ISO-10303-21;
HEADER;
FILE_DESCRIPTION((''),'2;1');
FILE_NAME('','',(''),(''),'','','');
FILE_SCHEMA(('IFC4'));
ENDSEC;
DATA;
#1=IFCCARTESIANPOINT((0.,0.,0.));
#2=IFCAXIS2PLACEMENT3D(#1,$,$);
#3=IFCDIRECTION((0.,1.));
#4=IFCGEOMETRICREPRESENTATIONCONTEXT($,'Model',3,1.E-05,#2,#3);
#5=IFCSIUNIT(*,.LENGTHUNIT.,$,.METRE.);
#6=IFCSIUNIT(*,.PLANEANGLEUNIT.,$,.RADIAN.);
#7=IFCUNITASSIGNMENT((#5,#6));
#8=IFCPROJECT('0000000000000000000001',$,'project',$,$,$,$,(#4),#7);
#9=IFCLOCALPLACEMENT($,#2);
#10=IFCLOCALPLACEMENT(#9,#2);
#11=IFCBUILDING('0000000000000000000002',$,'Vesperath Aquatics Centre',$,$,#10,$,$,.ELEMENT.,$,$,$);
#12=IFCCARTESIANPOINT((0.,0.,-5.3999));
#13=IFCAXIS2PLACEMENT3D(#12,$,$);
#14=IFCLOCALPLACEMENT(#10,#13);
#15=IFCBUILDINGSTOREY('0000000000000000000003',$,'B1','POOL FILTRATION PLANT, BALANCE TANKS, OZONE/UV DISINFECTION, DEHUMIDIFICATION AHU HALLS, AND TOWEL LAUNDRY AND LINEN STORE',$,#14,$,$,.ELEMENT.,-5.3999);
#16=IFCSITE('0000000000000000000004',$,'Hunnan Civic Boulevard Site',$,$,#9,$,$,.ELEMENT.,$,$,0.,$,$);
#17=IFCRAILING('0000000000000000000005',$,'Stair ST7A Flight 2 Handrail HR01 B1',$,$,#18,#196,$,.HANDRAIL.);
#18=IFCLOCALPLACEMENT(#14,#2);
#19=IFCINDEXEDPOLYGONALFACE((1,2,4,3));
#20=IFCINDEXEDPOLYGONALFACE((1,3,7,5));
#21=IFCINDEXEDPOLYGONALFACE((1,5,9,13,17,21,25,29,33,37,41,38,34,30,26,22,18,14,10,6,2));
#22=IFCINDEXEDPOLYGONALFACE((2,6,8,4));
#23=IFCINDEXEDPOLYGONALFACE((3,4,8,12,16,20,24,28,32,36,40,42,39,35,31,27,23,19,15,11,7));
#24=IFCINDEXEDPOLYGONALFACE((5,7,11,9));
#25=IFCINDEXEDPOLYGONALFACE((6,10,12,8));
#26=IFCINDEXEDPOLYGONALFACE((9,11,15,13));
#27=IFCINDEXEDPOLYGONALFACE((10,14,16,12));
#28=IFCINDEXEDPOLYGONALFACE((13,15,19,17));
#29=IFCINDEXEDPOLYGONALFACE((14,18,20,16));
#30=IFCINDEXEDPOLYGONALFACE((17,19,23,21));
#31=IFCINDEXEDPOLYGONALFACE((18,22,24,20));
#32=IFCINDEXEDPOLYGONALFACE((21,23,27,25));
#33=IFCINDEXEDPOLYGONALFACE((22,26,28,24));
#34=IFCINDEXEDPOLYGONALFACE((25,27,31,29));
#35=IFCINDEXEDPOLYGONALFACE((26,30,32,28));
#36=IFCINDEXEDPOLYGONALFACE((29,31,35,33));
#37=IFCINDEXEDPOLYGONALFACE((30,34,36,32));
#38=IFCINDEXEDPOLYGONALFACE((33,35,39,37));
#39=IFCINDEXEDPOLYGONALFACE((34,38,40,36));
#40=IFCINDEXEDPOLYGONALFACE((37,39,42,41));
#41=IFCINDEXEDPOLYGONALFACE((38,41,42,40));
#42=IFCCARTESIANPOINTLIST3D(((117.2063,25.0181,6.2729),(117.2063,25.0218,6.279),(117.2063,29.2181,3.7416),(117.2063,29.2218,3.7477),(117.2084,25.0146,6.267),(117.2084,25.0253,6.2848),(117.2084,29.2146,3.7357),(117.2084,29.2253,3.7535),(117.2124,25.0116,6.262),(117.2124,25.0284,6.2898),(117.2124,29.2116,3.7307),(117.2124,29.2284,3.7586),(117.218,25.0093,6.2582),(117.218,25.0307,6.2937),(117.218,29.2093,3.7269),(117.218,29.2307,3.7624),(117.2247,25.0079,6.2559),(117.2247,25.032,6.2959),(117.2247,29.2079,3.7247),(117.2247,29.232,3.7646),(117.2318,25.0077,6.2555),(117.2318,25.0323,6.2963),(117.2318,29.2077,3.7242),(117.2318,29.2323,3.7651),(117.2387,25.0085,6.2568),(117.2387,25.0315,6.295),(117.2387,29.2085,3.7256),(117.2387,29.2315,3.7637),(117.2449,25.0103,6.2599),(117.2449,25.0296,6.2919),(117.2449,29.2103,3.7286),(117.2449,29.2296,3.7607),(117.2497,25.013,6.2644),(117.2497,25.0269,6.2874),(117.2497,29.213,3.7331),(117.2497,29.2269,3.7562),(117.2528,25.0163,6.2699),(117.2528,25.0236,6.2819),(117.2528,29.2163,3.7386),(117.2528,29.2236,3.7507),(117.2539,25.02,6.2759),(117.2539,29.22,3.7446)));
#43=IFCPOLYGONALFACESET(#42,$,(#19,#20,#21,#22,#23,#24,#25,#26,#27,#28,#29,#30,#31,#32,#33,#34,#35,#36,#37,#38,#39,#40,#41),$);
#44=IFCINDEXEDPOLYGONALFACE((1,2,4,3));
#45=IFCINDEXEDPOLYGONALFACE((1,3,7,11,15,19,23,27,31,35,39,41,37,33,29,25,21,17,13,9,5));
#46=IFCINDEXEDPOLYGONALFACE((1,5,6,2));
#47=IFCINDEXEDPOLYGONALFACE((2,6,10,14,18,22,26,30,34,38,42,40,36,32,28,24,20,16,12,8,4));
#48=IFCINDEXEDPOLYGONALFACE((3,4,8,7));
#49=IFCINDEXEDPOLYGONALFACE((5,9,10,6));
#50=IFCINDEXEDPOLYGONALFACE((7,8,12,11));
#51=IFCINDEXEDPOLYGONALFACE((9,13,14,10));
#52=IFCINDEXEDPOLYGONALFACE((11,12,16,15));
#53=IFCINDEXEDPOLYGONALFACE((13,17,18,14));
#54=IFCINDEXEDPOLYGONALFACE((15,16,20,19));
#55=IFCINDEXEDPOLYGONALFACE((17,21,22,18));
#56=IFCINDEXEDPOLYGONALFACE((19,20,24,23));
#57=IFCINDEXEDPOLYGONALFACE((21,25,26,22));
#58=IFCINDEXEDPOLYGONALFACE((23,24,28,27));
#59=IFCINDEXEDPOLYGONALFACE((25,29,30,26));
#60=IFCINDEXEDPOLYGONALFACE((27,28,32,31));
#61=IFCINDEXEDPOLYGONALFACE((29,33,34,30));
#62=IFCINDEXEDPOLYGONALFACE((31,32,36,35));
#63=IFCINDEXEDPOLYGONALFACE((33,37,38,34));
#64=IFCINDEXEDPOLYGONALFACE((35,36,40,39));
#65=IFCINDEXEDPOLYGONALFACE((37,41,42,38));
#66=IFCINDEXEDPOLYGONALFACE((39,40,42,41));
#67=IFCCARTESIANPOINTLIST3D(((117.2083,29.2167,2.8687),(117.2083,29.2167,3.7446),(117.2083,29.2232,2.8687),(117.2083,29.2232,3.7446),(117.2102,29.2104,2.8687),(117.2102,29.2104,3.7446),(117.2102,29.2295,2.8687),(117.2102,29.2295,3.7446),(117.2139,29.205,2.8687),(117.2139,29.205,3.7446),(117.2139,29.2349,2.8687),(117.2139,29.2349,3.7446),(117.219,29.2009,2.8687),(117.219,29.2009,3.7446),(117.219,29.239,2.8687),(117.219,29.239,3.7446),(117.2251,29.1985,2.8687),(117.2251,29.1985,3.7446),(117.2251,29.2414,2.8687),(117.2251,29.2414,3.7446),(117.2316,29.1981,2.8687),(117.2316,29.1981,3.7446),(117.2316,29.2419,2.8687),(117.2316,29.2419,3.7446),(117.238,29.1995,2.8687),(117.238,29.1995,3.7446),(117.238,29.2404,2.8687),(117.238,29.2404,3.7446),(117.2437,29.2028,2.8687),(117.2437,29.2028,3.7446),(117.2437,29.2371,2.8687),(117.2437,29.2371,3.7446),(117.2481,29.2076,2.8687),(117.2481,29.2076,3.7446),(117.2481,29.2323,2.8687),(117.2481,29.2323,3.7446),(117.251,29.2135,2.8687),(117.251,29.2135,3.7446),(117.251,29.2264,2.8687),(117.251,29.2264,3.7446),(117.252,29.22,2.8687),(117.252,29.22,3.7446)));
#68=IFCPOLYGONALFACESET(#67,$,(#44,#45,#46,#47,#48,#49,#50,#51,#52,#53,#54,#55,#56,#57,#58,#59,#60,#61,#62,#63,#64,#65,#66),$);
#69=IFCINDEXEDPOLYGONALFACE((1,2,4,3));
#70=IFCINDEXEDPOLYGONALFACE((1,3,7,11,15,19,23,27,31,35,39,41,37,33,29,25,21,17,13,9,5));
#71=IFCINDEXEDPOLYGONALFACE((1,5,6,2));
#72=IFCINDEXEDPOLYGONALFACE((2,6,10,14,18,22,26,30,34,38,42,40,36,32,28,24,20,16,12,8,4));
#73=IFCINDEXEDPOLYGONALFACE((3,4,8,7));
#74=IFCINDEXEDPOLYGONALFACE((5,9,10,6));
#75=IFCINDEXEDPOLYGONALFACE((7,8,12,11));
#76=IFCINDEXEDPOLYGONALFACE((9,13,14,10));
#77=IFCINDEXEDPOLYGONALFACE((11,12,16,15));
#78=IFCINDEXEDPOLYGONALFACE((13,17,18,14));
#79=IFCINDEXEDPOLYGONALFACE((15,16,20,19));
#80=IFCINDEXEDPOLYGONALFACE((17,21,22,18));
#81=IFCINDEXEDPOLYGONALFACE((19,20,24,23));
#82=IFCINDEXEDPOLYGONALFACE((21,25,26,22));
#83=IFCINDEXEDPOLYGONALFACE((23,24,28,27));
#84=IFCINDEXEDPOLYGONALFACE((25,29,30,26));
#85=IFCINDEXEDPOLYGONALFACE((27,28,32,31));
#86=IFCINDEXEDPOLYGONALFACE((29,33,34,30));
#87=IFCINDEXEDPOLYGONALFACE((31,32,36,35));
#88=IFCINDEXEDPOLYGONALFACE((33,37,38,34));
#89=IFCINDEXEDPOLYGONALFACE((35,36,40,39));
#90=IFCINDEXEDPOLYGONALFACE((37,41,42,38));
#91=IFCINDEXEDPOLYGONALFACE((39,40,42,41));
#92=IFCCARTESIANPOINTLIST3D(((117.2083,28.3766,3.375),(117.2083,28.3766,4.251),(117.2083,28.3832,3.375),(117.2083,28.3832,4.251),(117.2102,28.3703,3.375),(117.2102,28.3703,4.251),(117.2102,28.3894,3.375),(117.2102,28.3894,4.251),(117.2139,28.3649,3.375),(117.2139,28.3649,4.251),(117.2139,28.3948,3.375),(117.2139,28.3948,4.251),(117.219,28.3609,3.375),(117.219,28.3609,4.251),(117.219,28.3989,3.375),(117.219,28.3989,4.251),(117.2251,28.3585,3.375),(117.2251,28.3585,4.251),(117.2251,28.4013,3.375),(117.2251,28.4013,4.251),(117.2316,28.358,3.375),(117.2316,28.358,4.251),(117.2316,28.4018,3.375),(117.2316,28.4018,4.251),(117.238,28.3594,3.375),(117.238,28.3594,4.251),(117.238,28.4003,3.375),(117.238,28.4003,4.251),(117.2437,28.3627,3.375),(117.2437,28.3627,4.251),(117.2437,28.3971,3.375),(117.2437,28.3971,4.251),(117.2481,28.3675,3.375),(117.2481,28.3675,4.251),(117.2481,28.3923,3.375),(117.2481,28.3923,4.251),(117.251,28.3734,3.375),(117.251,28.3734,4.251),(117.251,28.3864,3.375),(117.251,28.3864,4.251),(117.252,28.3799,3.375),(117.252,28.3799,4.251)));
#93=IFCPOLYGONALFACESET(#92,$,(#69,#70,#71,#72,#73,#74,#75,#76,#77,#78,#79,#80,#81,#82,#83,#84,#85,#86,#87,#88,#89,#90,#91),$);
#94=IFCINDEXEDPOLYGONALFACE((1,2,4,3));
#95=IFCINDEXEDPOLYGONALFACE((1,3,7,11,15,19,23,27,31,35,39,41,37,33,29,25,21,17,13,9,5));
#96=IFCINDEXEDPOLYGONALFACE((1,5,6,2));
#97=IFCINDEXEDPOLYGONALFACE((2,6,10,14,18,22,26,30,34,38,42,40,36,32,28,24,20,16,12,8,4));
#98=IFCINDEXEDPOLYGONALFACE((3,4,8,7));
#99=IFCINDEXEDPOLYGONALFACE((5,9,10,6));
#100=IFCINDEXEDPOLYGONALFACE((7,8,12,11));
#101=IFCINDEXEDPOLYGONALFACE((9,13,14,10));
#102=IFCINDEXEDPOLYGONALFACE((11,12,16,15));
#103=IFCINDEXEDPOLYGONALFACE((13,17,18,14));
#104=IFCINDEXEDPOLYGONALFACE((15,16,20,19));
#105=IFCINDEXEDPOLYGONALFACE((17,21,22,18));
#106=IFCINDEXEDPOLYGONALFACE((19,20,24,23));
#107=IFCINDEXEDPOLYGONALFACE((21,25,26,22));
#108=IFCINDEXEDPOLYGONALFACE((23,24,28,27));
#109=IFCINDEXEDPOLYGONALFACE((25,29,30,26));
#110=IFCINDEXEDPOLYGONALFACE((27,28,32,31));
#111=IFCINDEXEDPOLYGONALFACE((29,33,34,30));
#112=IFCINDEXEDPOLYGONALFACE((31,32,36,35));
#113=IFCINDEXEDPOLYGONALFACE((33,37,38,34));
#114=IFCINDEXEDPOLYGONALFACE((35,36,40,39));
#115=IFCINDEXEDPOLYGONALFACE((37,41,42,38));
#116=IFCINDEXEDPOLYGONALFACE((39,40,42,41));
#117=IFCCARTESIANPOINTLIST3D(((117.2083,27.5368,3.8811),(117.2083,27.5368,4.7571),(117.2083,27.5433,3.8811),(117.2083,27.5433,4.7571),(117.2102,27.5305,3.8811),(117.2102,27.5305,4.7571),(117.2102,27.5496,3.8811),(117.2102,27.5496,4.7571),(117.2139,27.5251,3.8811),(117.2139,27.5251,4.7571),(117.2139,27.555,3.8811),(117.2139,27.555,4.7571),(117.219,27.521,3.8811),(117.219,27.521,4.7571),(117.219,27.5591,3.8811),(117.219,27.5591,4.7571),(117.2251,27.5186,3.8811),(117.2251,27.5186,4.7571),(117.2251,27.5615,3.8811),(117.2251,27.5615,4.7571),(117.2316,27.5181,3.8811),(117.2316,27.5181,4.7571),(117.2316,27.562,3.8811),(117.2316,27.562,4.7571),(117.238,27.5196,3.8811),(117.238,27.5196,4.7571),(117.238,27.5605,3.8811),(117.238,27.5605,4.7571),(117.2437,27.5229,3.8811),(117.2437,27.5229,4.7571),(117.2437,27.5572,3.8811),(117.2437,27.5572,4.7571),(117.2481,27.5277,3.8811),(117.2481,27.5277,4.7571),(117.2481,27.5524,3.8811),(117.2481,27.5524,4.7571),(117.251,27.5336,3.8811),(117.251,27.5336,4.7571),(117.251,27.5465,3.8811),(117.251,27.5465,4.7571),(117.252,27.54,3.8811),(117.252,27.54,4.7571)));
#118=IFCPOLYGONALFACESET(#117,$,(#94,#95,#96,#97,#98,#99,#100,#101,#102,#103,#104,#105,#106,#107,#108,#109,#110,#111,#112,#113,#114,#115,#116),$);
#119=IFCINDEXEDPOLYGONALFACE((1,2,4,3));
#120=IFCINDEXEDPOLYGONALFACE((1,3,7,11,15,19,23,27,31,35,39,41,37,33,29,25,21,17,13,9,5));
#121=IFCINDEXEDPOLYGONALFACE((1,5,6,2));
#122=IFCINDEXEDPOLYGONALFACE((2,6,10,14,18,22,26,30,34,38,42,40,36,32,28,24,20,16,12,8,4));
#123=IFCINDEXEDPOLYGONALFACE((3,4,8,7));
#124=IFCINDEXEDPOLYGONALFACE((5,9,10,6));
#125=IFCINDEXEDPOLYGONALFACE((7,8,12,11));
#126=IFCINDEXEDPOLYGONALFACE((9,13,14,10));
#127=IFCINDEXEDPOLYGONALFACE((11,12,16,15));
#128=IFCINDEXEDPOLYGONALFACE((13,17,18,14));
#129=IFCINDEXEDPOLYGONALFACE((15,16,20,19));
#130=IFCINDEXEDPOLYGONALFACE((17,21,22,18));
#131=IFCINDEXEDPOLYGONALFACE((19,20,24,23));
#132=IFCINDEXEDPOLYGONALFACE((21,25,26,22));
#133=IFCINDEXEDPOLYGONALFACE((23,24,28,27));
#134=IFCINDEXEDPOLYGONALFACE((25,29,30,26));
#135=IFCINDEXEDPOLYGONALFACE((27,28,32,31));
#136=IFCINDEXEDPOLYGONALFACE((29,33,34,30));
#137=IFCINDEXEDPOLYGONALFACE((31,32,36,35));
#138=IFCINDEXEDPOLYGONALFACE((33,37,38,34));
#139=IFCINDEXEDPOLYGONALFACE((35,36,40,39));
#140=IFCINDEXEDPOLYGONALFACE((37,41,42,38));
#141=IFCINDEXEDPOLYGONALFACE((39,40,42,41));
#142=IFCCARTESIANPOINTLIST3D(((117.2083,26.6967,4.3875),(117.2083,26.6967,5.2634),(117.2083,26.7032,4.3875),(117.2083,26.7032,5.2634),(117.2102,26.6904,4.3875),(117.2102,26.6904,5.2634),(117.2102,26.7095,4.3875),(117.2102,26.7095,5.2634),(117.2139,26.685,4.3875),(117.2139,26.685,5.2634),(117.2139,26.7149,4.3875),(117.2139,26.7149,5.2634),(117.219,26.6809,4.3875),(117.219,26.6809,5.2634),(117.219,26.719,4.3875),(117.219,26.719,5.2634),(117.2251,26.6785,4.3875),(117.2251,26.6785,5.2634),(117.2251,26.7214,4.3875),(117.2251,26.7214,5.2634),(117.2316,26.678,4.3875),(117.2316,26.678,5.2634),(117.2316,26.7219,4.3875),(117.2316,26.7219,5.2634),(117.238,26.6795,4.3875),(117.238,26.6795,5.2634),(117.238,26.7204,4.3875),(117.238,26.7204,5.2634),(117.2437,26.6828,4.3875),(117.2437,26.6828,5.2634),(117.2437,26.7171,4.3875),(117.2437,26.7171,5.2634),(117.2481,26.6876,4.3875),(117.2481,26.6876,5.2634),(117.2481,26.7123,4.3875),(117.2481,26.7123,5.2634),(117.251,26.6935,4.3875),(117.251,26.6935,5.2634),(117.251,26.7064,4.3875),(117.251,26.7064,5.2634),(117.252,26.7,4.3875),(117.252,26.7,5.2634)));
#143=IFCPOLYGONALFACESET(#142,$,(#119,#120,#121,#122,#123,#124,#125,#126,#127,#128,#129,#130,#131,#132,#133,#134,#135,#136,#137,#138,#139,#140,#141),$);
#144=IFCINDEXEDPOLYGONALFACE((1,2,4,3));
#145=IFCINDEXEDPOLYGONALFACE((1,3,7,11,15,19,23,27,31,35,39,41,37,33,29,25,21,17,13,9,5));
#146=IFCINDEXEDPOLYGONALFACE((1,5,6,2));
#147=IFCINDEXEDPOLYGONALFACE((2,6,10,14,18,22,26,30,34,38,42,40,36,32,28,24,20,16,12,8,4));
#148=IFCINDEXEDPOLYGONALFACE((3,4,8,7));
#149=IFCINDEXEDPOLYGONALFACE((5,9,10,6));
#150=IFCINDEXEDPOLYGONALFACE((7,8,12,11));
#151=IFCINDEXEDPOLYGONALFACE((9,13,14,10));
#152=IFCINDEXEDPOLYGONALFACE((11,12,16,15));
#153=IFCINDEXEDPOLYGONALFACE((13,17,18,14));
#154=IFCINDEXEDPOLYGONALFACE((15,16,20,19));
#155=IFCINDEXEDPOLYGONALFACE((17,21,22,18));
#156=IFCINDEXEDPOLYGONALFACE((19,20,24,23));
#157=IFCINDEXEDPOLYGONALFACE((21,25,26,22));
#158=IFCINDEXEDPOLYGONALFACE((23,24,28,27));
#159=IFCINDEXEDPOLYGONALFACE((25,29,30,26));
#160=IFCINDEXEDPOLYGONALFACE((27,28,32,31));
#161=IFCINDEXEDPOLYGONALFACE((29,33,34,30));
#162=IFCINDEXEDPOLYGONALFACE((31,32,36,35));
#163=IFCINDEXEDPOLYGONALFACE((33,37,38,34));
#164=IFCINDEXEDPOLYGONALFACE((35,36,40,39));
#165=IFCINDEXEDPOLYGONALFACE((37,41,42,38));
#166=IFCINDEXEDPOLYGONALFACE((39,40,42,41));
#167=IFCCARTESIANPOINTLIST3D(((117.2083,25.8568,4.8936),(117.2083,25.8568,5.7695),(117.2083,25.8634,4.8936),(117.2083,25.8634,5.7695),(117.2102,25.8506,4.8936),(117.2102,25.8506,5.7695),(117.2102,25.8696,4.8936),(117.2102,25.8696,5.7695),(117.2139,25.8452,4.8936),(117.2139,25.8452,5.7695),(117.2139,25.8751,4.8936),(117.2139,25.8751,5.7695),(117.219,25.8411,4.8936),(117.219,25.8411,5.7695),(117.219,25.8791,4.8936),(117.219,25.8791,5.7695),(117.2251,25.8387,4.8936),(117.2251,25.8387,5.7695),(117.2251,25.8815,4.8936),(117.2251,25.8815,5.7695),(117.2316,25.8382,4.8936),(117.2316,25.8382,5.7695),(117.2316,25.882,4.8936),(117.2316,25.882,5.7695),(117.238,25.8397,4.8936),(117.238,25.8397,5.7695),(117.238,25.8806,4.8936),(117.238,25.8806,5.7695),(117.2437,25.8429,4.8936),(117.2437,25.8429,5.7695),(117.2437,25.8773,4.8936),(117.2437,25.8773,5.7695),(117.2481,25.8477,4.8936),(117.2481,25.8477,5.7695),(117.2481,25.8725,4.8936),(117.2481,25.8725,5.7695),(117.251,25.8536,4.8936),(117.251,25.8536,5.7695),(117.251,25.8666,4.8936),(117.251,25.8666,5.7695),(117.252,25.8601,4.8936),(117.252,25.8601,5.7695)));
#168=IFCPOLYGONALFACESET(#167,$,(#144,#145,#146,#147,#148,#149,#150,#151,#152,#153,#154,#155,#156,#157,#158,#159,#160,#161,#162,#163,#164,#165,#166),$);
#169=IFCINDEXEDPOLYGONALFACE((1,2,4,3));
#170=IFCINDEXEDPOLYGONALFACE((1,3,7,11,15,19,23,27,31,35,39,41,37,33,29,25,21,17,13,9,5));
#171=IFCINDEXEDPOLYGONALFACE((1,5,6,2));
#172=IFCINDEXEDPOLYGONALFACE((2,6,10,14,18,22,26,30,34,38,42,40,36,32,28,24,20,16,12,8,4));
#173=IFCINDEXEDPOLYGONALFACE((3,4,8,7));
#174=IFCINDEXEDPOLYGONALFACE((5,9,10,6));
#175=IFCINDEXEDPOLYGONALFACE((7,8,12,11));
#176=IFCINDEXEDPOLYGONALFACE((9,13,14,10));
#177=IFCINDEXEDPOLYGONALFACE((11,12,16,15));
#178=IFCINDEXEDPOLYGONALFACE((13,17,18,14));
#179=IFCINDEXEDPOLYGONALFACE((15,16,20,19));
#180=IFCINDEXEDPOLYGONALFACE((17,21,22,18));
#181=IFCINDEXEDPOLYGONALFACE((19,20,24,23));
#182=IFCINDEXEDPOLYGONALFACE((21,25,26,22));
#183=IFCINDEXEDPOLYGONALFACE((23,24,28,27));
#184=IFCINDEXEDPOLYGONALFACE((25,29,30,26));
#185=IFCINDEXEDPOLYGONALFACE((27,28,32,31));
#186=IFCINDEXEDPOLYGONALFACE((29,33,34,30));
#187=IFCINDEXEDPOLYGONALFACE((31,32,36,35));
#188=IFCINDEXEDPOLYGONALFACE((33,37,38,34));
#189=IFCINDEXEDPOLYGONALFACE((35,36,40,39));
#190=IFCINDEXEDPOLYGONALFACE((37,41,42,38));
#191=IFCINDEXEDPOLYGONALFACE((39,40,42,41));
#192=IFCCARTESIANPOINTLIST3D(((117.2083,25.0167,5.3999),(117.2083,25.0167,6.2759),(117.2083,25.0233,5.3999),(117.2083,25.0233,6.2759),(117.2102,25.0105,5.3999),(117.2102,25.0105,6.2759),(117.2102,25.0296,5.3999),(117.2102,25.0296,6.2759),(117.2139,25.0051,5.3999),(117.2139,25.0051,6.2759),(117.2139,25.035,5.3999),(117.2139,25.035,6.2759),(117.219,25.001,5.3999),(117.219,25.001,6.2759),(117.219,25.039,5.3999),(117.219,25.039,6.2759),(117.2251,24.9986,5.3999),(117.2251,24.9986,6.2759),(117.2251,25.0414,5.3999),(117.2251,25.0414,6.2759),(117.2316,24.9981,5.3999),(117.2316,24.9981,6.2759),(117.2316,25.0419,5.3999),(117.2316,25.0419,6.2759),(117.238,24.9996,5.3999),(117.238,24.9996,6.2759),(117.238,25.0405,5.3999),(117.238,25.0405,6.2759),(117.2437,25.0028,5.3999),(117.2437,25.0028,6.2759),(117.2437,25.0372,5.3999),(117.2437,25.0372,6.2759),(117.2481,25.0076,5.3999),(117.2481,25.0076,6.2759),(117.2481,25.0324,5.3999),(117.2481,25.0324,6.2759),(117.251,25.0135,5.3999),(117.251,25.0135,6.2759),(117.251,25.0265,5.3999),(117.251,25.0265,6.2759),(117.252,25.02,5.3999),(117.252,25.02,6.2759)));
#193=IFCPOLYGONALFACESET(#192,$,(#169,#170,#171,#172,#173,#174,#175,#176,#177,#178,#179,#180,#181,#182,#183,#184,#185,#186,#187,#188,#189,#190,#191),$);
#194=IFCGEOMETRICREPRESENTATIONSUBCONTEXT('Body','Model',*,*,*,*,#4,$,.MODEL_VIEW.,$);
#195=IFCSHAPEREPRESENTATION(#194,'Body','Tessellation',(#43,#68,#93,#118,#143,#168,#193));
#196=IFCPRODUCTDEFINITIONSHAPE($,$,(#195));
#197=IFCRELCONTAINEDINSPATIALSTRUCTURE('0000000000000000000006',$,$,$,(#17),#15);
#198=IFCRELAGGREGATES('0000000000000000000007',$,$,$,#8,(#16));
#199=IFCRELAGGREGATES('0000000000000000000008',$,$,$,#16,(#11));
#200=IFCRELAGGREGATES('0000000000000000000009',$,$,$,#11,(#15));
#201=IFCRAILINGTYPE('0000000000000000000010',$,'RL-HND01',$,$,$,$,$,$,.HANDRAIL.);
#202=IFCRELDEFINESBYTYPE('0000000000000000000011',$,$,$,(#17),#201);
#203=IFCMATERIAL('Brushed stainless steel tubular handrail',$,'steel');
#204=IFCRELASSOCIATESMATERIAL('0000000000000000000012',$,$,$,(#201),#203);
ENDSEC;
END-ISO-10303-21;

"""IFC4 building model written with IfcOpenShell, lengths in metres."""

from ifc_helpers import new_model, si_unit, direction, frame, origin, origin_2d, place, context, subcontext, project, spatial, circle, extrude, material, type_object, element, save


model = new_model("IFC4")

# Units and contexts
model_context = context("Model", 3, precision=1e-05, world=origin(), true_north=direction((0.0, 1.0)))
body_context = subcontext(model_context, "Body", "Model", "MODEL_VIEW")
ifc_project = project(units=[si_unit("LENGTHUNIT", "METRE"), si_unit("PLANEANGLEUNIT", "RADIAN")], contexts=[model_context])

# Site, building, storey
site_placement = place(None, origin())
site = spatial("IfcSite", under=ifc_project, at=site_placement, Name="Hunnan Civic Boulevard Site", CompositionType="ELEMENT", RefElevation=0.0)
building_placement = place(site_placement, origin())
building = spatial("IfcBuilding", under=site, at=building_placement, Name="Vesperath Aquatics Centre", CompositionType="ELEMENT")
storey_placement = place(building_placement, frame((0.0, 0.0, -5.3999)))
storey = spatial("IfcBuildingStorey", under=building, at=storey_placement, Name="B1", Description="POOL FILTRATION PLANT, BALANCE TANKS, OZONE/UV DISINFECTION, DEHUMIDIFICATION AHU HALLS, AND TOWEL LAUNDRY AND LINEN STORE", CompositionType="ELEMENT", Elevation=-5.3999)

# Railing
ifc_material_1 = material(Name="Brushed stainless steel tubular handrail", Category="steel")
railing_type_1 = type_object("IfcRailingType", Name="RL-HND01", PredefinedType="HANDRAIL", material=ifc_material_1)
for number, where, name in (
    (1, (117.23, 29.22, 2.8687), "Stair ST7A Flight 2 Handrail HR01 B1"),
):
    element("IfcRailing", number, at=place(storey_placement, frame(where)), inside=storey, type_object=railing_type_1, Name=name, PredefinedType="HANDRAIL", context=body_context, shape_type="SweptSolid", body=[
        extrude(circle(Radius=0.0239, at=origin_2d()), frame((0.0, 0.0, 0.876), z_axis=(0.0, -0.856476, 0.516186), x_axis=(1.0, 0.0, 0.0)), (0.0, 0.0, 1.0), 4.9038),
        extrude(circle(Radius=0.022, at=origin_2d()), origin(), (0.0, 0.0, 1.0), 0.876),
        extrude(circle(Radius=0.022, at=origin_2d()), frame((0.0, -0.8401, 0.5063)), (0.0, 0.0, 1.0), 0.876),
        extrude(circle(Radius=0.022, at=origin_2d()), frame((0.0, -1.6799, 1.0125)), (0.0, 0.0, 1.0), 0.876),
        extrude(circle(Radius=0.022, at=origin_2d()), frame((0.0, -2.52, 1.5188)), (0.0, 0.0, 1.0), 0.876),
        extrude(circle(Radius=0.022, at=origin_2d()), frame((0.0, -3.3599, 2.0249)), (0.0, 0.0, 1.0), 0.876),
        extrude(circle(Radius=0.022, at=origin_2d()), frame((0.0, -4.2, 2.5312)), (0.0, 0.0, 1.0), 0.876),
    ])

save(model, "model.ifc")
